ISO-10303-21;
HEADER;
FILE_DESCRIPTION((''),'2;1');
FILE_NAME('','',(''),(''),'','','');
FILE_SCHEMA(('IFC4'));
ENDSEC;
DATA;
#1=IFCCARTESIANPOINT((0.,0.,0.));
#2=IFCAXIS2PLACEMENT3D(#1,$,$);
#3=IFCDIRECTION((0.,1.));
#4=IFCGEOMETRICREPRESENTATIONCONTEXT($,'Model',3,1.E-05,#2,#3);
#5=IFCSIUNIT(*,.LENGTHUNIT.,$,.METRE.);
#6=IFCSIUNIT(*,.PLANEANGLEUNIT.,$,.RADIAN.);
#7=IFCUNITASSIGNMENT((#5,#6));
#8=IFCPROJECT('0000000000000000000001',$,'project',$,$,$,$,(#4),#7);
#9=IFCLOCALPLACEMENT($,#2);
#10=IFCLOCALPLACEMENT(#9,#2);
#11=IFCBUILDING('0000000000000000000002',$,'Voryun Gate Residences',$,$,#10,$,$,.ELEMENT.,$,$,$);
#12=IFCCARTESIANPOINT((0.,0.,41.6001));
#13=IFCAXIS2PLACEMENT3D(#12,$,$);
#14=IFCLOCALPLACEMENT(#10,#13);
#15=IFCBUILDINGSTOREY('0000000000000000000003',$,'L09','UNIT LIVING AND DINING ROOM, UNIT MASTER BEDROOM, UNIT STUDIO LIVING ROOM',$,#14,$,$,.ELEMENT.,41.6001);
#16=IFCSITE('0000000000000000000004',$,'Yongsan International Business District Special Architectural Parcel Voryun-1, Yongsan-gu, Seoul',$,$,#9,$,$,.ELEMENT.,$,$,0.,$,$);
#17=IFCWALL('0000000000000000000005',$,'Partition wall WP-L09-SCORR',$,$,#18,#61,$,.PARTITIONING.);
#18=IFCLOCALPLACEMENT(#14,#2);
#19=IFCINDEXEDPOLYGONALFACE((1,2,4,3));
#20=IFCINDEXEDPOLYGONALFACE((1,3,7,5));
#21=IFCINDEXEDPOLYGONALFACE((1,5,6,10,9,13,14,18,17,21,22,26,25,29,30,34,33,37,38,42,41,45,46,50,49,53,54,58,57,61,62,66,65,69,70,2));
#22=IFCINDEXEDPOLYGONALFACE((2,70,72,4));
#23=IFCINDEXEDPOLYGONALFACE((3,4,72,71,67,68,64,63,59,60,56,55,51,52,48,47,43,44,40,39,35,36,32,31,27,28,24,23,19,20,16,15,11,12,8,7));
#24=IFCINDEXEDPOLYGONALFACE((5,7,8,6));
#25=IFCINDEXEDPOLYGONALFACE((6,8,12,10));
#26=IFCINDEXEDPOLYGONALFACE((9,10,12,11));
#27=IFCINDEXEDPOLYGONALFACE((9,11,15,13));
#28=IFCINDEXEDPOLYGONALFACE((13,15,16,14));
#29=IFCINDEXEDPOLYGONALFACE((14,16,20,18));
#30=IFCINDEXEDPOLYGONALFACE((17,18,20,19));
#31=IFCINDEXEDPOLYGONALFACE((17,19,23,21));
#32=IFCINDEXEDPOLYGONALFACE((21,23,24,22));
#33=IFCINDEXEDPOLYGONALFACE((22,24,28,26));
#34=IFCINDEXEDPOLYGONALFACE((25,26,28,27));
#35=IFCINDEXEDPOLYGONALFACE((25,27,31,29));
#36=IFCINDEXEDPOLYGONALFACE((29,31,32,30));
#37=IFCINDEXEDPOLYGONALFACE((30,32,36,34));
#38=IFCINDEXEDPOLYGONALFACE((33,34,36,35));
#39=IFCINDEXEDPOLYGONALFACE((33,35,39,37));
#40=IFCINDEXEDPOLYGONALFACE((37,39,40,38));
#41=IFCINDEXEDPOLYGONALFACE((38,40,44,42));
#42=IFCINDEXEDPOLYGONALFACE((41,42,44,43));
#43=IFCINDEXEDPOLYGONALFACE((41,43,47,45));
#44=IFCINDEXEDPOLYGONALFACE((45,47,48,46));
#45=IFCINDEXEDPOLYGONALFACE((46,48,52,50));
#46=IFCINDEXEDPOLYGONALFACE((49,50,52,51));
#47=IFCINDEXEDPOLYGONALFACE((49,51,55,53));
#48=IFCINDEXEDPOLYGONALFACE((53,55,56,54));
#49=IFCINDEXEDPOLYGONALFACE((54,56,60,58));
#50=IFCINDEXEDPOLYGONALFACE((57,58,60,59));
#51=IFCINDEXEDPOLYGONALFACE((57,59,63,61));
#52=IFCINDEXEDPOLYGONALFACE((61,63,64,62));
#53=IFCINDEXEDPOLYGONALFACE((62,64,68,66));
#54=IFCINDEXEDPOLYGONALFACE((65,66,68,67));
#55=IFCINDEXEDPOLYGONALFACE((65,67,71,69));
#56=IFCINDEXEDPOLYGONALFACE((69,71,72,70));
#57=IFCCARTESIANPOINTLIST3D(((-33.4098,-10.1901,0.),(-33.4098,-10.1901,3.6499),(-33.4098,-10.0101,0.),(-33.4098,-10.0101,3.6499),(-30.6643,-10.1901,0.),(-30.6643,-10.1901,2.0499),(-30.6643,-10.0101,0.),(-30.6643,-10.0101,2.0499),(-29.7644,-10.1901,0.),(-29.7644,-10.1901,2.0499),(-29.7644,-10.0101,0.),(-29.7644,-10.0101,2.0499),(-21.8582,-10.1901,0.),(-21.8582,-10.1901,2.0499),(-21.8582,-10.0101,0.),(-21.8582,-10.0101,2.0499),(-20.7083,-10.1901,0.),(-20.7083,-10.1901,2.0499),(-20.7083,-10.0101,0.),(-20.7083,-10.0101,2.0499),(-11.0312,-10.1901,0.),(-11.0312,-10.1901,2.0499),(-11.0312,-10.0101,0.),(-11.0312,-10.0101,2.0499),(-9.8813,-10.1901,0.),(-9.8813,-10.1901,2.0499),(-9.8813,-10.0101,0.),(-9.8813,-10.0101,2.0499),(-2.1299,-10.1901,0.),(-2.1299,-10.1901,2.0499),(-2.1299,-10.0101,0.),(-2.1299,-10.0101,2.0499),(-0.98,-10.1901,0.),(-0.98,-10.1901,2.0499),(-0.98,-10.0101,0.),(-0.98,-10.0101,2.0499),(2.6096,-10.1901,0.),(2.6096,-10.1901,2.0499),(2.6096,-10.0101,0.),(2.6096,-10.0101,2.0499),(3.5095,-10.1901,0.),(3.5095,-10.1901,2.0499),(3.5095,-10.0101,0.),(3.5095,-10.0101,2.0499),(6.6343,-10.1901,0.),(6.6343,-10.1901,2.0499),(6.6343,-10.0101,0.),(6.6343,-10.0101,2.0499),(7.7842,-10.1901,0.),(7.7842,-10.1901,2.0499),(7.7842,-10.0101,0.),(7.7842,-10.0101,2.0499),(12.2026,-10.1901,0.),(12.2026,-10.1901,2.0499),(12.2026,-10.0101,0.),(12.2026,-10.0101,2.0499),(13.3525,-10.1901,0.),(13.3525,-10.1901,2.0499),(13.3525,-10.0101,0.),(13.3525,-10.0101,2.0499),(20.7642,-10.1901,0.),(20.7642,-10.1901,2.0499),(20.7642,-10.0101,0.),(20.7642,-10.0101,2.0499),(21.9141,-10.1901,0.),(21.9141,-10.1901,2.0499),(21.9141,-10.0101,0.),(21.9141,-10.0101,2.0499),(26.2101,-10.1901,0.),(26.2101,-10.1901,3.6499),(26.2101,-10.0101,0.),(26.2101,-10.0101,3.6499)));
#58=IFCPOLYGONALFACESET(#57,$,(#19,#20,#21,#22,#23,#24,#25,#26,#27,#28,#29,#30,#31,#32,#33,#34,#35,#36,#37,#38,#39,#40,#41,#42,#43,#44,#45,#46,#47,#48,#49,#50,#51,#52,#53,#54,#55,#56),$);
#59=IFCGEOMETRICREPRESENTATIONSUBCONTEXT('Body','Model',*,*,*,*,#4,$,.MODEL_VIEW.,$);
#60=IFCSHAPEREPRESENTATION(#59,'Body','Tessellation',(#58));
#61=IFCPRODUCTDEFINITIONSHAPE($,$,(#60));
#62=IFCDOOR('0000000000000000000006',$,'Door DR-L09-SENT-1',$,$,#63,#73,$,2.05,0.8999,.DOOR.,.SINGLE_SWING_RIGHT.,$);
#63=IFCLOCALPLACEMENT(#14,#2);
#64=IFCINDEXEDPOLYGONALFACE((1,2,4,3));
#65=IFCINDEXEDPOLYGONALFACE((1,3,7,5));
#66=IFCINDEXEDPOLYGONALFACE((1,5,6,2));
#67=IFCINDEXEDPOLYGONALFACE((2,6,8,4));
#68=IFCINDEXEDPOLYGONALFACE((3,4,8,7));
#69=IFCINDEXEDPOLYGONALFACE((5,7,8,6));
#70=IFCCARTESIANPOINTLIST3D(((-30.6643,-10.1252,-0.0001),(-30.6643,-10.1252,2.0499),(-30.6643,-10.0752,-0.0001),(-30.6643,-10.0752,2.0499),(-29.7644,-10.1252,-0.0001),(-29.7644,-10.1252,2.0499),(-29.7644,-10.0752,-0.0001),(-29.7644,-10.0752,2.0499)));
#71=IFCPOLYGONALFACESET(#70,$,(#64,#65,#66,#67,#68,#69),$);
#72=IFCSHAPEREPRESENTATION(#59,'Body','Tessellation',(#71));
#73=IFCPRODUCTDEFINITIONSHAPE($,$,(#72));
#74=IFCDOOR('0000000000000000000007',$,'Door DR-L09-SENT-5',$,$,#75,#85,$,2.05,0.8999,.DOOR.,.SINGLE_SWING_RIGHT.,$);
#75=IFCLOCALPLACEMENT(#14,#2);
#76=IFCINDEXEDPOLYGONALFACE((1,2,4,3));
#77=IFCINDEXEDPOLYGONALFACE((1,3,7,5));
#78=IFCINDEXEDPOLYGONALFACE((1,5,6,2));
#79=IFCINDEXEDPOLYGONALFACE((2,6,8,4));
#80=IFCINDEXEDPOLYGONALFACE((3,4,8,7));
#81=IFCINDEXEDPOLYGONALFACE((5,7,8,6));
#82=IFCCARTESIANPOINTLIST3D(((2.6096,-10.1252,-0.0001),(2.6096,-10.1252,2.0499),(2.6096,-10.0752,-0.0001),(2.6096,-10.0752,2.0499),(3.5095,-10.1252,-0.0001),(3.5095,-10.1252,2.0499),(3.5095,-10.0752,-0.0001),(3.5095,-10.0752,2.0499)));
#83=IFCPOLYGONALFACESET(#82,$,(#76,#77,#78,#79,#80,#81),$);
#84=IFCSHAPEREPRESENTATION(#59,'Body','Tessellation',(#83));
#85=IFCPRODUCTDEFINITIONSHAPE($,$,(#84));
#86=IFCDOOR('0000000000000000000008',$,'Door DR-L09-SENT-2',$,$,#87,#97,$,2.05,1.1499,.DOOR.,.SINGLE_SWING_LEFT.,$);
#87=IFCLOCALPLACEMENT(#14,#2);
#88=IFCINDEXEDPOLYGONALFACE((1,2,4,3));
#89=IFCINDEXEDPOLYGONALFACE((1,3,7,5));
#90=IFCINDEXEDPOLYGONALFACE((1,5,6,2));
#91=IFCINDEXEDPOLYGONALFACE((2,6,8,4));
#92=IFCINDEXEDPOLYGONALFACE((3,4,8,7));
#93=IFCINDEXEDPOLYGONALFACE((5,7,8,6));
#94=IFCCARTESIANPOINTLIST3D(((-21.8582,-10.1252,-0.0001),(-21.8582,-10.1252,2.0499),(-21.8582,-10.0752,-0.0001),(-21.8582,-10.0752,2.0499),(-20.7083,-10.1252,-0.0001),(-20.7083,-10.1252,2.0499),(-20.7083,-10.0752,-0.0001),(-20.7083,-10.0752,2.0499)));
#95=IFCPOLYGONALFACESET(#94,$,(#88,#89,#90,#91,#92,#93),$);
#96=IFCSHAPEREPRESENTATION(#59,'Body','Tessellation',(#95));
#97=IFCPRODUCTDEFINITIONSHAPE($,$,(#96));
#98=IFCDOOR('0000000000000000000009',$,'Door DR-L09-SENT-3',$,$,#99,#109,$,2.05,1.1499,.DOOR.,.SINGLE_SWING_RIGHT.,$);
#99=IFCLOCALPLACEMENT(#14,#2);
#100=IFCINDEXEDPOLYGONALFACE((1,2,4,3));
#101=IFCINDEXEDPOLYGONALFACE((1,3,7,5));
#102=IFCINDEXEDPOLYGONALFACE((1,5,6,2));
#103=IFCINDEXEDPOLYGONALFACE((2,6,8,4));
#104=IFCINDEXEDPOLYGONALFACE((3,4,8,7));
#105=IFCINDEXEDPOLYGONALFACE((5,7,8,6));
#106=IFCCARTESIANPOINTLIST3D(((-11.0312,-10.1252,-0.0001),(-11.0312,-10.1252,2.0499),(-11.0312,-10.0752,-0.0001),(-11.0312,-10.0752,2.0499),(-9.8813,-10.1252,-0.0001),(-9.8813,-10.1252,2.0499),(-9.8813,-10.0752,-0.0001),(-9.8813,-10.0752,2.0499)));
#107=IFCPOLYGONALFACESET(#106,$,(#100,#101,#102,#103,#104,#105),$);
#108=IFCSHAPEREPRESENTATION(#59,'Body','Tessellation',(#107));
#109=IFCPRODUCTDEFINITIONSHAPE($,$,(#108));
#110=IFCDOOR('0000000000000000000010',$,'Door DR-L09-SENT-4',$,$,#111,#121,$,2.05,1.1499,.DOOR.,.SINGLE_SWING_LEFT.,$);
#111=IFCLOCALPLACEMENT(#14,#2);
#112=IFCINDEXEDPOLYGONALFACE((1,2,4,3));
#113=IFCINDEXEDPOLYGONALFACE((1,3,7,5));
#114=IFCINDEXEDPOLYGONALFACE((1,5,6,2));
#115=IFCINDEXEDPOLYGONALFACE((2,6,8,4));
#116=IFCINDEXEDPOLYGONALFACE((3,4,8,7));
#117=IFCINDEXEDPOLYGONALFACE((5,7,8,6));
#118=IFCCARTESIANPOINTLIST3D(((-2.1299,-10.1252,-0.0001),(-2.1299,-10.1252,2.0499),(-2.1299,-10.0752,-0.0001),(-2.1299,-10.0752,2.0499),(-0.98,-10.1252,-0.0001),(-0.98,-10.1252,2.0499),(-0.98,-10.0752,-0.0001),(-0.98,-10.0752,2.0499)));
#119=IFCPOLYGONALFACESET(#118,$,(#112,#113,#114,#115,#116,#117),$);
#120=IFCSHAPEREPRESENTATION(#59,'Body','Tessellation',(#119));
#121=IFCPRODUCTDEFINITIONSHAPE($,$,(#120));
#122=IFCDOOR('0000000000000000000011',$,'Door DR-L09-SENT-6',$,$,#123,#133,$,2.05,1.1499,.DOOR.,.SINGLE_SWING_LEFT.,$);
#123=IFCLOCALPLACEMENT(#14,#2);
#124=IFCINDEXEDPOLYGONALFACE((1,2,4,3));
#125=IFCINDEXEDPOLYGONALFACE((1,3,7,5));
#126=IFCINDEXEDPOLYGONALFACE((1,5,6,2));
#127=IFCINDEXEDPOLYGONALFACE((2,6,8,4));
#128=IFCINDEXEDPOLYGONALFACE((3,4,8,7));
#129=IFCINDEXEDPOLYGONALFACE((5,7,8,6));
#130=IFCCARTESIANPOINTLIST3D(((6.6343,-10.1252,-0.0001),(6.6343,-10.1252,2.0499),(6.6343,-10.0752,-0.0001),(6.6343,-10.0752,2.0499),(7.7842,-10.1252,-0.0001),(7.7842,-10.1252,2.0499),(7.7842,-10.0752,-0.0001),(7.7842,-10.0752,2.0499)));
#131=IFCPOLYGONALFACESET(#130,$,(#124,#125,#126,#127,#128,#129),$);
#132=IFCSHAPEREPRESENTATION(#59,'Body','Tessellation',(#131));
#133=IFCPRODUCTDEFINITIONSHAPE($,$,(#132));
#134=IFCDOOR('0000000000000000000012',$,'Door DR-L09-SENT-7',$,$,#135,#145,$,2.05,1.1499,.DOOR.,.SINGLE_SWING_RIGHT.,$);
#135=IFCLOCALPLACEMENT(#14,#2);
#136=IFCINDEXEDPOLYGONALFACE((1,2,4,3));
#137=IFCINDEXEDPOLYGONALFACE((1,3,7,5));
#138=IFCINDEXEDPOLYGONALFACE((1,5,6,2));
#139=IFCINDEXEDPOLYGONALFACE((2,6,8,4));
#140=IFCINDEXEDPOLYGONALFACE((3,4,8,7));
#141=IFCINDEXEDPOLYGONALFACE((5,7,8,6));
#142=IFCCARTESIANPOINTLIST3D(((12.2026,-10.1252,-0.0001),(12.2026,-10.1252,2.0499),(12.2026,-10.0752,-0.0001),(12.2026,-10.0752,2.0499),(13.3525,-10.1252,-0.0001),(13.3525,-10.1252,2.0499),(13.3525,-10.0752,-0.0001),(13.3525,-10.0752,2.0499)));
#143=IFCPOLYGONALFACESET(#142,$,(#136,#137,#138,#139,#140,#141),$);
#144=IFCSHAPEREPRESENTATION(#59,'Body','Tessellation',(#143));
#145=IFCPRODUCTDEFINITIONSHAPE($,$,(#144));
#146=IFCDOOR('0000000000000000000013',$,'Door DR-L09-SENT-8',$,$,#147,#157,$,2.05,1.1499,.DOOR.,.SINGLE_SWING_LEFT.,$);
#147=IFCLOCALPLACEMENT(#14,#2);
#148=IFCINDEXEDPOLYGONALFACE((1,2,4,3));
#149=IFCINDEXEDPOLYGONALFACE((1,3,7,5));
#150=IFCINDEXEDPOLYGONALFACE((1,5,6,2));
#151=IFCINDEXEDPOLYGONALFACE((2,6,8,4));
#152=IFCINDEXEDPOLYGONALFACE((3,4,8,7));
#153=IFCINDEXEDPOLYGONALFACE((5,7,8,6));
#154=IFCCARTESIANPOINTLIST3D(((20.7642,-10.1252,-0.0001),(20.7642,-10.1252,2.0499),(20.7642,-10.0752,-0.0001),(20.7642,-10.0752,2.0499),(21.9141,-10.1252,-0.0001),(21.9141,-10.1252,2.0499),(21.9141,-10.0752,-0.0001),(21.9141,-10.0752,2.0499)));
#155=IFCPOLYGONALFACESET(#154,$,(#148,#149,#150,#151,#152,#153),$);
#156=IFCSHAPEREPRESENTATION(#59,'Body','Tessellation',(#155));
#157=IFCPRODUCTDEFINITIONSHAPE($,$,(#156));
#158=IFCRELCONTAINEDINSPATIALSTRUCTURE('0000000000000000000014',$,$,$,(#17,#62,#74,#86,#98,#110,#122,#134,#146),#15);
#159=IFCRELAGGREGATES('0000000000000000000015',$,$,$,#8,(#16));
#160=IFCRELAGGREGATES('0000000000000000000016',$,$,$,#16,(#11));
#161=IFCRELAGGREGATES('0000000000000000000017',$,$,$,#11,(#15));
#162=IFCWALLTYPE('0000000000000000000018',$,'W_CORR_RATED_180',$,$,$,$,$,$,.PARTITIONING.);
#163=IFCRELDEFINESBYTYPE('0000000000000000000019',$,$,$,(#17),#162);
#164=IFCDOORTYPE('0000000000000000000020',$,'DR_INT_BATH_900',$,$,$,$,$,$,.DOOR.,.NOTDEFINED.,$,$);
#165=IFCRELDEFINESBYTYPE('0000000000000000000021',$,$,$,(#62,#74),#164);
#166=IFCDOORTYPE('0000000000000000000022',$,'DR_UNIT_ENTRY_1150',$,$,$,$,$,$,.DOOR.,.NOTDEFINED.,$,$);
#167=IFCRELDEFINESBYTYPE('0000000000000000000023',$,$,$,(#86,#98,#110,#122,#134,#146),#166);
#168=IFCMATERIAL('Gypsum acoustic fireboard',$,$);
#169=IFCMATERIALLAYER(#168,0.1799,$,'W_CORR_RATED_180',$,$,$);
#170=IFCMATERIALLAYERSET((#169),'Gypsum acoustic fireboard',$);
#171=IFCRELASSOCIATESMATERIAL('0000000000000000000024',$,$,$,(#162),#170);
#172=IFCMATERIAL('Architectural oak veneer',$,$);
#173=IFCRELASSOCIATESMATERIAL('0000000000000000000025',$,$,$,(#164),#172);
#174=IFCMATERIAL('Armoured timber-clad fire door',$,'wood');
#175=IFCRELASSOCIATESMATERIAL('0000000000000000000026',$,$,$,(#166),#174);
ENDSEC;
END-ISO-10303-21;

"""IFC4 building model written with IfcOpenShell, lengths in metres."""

from ifc_helpers import new_model, si_unit, direction, frame, frame_2d, origin, place, context, subcontext, project, spatial, rectangle, extrude, material, layer, layer_set, type_object, element, fill, save


model = new_model("IFC4")

# Units and contexts
model_context = context("Model", 3, precision=1e-05, world=origin(), true_north=direction((0.0, 1.0)))
body_context = subcontext(model_context, "Body", "Model", "MODEL_VIEW")
ifc_project = project(units=[si_unit("LENGTHUNIT", "METRE"), si_unit("PLANEANGLEUNIT", "RADIAN")], contexts=[model_context])

# Site, building, storey
site_placement = place(None, origin())
site = spatial("IfcSite", under=ifc_project, at=site_placement, Name="Yongsan International Business District Special Architectural Parcel Voryun-1, Yongsan-gu, Seoul", CompositionType="ELEMENT", RefElevation=0.0)
building_placement = place(site_placement, origin())
building = spatial("IfcBuilding", under=site, at=building_placement, Name="Voryun Gate Residences", CompositionType="ELEMENT")
storey_placement = place(building_placement, frame((0.0, 0.0, 41.6001)))
storey = spatial("IfcBuildingStorey", under=building, at=storey_placement, Name="L09", Description="UNIT LIVING AND DINING ROOM, UNIT MASTER BEDROOM, UNIT STUDIO LIVING ROOM", CompositionType="ELEMENT", Elevation=41.6001)

# Shared definitions
ifc_material_1 = material(Name="Gypsum acoustic fireboard")
ifc_layer_1 = layer(ifc_material_1, 0.1799, Name="W_CORR_RATED_180")
ifc_layer_set_1 = layer_set([ifc_layer_1], Name="Gypsum acoustic fireboard")
wall_type_1 = type_object("IfcWallType", Name="W_CORR_RATED_180", PredefinedType="PARTITIONING", material=ifc_layer_set_1)

# Wall, openings, doors
wall_1_placement = place(storey_placement, frame((-33.4099, -10.1001, 0.0), z_axis=(0.0, 0.0, 1.0), x_axis=(1.0, 0.0, 0.0)))
wall_1 = element("IfcWall", 1, at=wall_1_placement, inside=storey, type_object=wall_type_1, Name="Partition wall WP-L09-SCORR", PredefinedType="PARTITIONING", context=body_context, shape_type="SweptSolid", body=[
    extrude(rectangle(XDim=59.6199, YDim=0.1799, at=frame_2d((29.8101, 0.0))), origin(), (0.0, 0.0, 1.0), 3.6499),
])
opening_1_placement = place(wall_1_placement, frame((2.7456, 0.0, 0.0)))
opening_1 = element("IfcOpeningElement", 2, at=opening_1_placement, cuts=wall_1, PredefinedType="OPENING", context=body_context, shape_type="SweptSolid", body=[
    extrude(rectangle(XDim=0.8999, YDim=2.05, at=frame_2d((0.45, 1.0249))), frame((0.0, 0.0999, 0.0), z_axis=(0.0, -1.0, 0.0), x_axis=(1.0, 0.0, 0.0)), (0.0, 0.0, 1.0), 0.2),
])
opening_2_placement = place(wall_1_placement, frame((11.5518, 0.0, 0.0)))
opening_2 = element("IfcOpeningElement", 3, at=opening_2_placement, cuts=wall_1, PredefinedType="OPENING", context=body_context, shape_type="SweptSolid", body=[
    extrude(rectangle(XDim=1.1499, YDim=2.05, at=frame_2d((0.575, 1.0249))), frame((0.0, 0.0999, 0.0), z_axis=(0.0, -1.0, 0.0), x_axis=(1.0, 0.0, 0.0)), (0.0, 0.0, 1.0), 0.2),
])
opening_3_placement = place(wall_1_placement, frame((22.3787, 0.0, 0.0)))
opening_3 = element("IfcOpeningElement", 4, at=opening_3_placement, cuts=wall_1, PredefinedType="OPENING", context=body_context, shape_type="SweptSolid", body=[
    extrude(rectangle(XDim=1.1499, YDim=2.05, at=frame_2d((0.575, 1.0249))), frame((0.0, 0.0999, 0.0), z_axis=(0.0, -1.0, 0.0), x_axis=(1.0, 0.0, 0.0)), (0.0, 0.0, 1.0), 0.2),
])
opening_4_placement = place(wall_1_placement, frame((31.28, 0.0, 0.0)))
opening_4 = element("IfcOpeningElement", 5, at=opening_4_placement, cuts=wall_1, PredefinedType="OPENING", context=body_context, shape_type="SweptSolid", body=[
    extrude(rectangle(XDim=1.1499, YDim=2.05, at=frame_2d((0.575, 1.0249))), frame((0.0, 0.0999, 0.0), z_axis=(0.0, -1.0, 0.0), x_axis=(1.0, 0.0, 0.0)), (0.0, 0.0, 1.0), 0.2),
])
opening_5_placement = place(wall_1_placement, frame((36.0195, 0.0, 0.0)))
opening_5 = element("IfcOpeningElement", 6, at=opening_5_placement, cuts=wall_1, PredefinedType="OPENING", context=body_context, shape_type="SweptSolid", body=[
    extrude(rectangle(XDim=0.8999, YDim=2.05, at=frame_2d((0.45, 1.0249))), frame((0.0, 0.0999, 0.0), z_axis=(0.0, -1.0, 0.0), x_axis=(1.0, 0.0, 0.0)), (0.0, 0.0, 1.0), 0.2),
])
opening_6_placement = place(wall_1_placement, frame((40.0442, 0.0, 0.0)))
opening_6 = element("IfcOpeningElement", 7, at=opening_6_placement, cuts=wall_1, PredefinedType="OPENING", context=body_context, shape_type="SweptSolid", body=[
    extrude(rectangle(XDim=1.1499, YDim=2.05, at=frame_2d((0.575, 1.0249))), frame((0.0, 0.0999, 0.0), z_axis=(0.0, -1.0, 0.0), x_axis=(1.0, 0.0, 0.0)), (0.0, 0.0, 1.0), 0.2),
])
opening_7_placement = place(wall_1_placement, frame((45.6125, 0.0, 0.0)))
opening_7 = element("IfcOpeningElement", 8, at=opening_7_placement, cuts=wall_1, PredefinedType="OPENING", context=body_context, shape_type="SweptSolid", body=[
    extrude(rectangle(XDim=1.1499, YDim=2.05, at=frame_2d((0.575, 1.0249))), frame((0.0, 0.0999, 0.0), z_axis=(0.0, -1.0, 0.0), x_axis=(1.0, 0.0, 0.0)), (0.0, 0.0, 1.0), 0.2),
])
opening_8_placement = place(wall_1_placement, frame((54.1741, 0.0, 0.0)))
opening_8 = element("IfcOpeningElement", 9, at=opening_8_placement, cuts=wall_1, PredefinedType="OPENING", context=body_context, shape_type="SweptSolid", body=[
    extrude(rectangle(XDim=1.1499, YDim=2.05, at=frame_2d((0.575, 1.0249))), frame((0.0, 0.0999, 0.0), z_axis=(0.0, -1.0, 0.0), x_axis=(1.0, 0.0, 0.0)), (0.0, 0.0, 1.0), 0.2),
])
ifc_material_2 = material(Name="Architectural oak veneer")
door_type_1 = type_object("IfcDoorType", Name="DR_INT_BATH_900", OperationType="NOTDEFINED", PredefinedType="DOOR", material=ifc_material_2)
door_1_placement = place(opening_1_placement, origin())
door_1 = element("IfcDoor", 10, at=door_1_placement, inside=storey, type_object=door_type_1, Name="Door DR-L09-SENT-1", OperationType="SINGLE_SWING_RIGHT", OverallHeight=2.05, OverallWidth=0.8999, PredefinedType="DOOR", context=body_context, shape_type="SweptSolid", body=[
    extrude(rectangle(XDim=0.8999, YDim=2.05, at=frame_2d((0.45, 1.0249))), frame((0.0, 0.0249, 0.0), z_axis=(0.0, -1.0, 0.0), x_axis=(1.0, 0.0, 0.0)), (0.0, 0.0, 1.0), 0.05),
])
fill(opening_1, door_1)
door_2_placement = place(opening_5_placement, origin())
door_2 = element("IfcDoor", 11, at=door_2_placement, inside=storey, type_object=door_type_1, Name="Door DR-L09-SENT-5", OperationType="SINGLE_SWING_RIGHT", OverallHeight=2.05, OverallWidth=0.8999, PredefinedType="DOOR", context=body_context, shape_type="SweptSolid", body=[
    extrude(rectangle(XDim=0.8999, YDim=2.05, at=frame_2d((0.45, 1.0249))), frame((0.0, 0.0249, 0.0), z_axis=(0.0, -1.0, 0.0), x_axis=(1.0, 0.0, 0.0)), (0.0, 0.0, 1.0), 0.05),
])
fill(opening_5, door_2)
ifc_material_3 = material(Name="Armoured timber-clad fire door", Category="wood")
door_type_2 = type_object("IfcDoorType", Name="DR_UNIT_ENTRY_1150", OperationType="NOTDEFINED", PredefinedType="DOOR", material=ifc_material_3)
door_3_placement = place(opening_2_placement, origin())
door_3 = element("IfcDoor", 12, at=door_3_placement, inside=storey, type_object=door_type_2, Name="Door DR-L09-SENT-2", OperationType="SINGLE_SWING_LEFT", OverallHeight=2.05, OverallWidth=1.1499, PredefinedType="DOOR", context=body_context, shape_type="SweptSolid", body=[
    extrude(rectangle(XDim=1.1499, YDim=2.05, at=frame_2d((0.575, 1.0249))), frame((0.0, 0.0249, 0.0), z_axis=(0.0, -1.0, 0.0), x_axis=(1.0, 0.0, 0.0)), (0.0, 0.0, 1.0), 0.05),
])
fill(opening_2, door_3)
door_4_placement = place(opening_3_placement, origin())
door_4 = element("IfcDoor", 13, at=door_4_placement, inside=storey, type_object=door_type_2, Name="Door DR-L09-SENT-3", OperationType="SINGLE_SWING_RIGHT", OverallHeight=2.05, OverallWidth=1.1499, PredefinedType="DOOR", context=body_context, shape_type="SweptSolid", body=[
    extrude(rectangle(XDim=1.1499, YDim=2.05, at=frame_2d((0.575, 1.0249))), frame((0.0, 0.0249, 0.0), z_axis=(0.0, -1.0, 0.0), x_axis=(1.0, 0.0, 0.0)), (0.0, 0.0, 1.0), 0.05),
])
fill(opening_3, door_4)
door_5_placement = place(opening_4_placement, origin())
door_5 = element("IfcDoor", 14, at=door_5_placement, inside=storey, type_object=door_type_2, Name="Door DR-L09-SENT-4", OperationType="SINGLE_SWING_LEFT", OverallHeight=2.05, OverallWidth=1.1499, PredefinedType="DOOR", context=body_context, shape_type="SweptSolid", body=[
    extrude(rectangle(XDim=1.1499, YDim=2.05, at=frame_2d((0.575, 1.0249))), frame((0.0, 0.0249, 0.0), z_axis=(0.0, -1.0, 0.0), x_axis=(1.0, 0.0, 0.0)), (0.0, 0.0, 1.0), 0.05),
])
fill(opening_4, door_5)
door_6_placement = place(opening_6_placement, origin())
door_6 = element("IfcDoor", 15, at=door_6_placement, inside=storey, type_object=door_type_2, Name="Door DR-L09-SENT-6", OperationType="SINGLE_SWING_LEFT", OverallHeight=2.05, OverallWidth=1.1499, PredefinedType="DOOR", context=body_context, shape_type="SweptSolid", body=[
    extrude(rectangle(XDim=1.1499, YDim=2.05, at=frame_2d((0.575, 1.0249))), frame((0.0, 0.0249, 0.0), z_axis=(0.0, -1.0, 0.0), x_axis=(1.0, 0.0, 0.0)), (0.0, 0.0, 1.0), 0.05),
])
fill(opening_6, door_6)
door_7_placement = place(opening_7_placement, origin())
door_7 = element("IfcDoor", 16, at=door_7_placement, inside=storey, type_object=door_type_2, Name="Door DR-L09-SENT-7", OperationType="SINGLE_SWING_RIGHT", OverallHeight=2.05, OverallWidth=1.1499, PredefinedType="DOOR", context=body_context, shape_type="SweptSolid", body=[
    extrude(rectangle(XDim=1.1499, YDim=2.05, at=frame_2d((0.575, 1.0249))), frame((0.0, 0.0249, 0.0), z_axis=(0.0, -1.0, 0.0), x_axis=(1.0, 0.0, 0.0)), (0.0, 0.0, 1.0), 0.05),
])
fill(opening_7, door_7)
door_8_placement = place(opening_8_placement, origin())
door_8 = element("IfcDoor", 17, at=door_8_placement, inside=storey, type_object=door_type_2, Name="Door DR-L09-SENT-8", OperationType="SINGLE_SWING_LEFT", OverallHeight=2.05, OverallWidth=1.1499, PredefinedType="DOOR", context=body_context, shape_type="SweptSolid", body=[
    extrude(rectangle(XDim=1.1499, YDim=2.05, at=frame_2d((0.575, 1.0249))), frame((0.0, 0.0249, 0.0), z_axis=(0.0, -1.0, 0.0), x_axis=(1.0, 0.0, 0.0)), (0.0, 0.0, 1.0), 0.05),
])
fill(opening_8, door_8)

save(model, "model.ifc")
